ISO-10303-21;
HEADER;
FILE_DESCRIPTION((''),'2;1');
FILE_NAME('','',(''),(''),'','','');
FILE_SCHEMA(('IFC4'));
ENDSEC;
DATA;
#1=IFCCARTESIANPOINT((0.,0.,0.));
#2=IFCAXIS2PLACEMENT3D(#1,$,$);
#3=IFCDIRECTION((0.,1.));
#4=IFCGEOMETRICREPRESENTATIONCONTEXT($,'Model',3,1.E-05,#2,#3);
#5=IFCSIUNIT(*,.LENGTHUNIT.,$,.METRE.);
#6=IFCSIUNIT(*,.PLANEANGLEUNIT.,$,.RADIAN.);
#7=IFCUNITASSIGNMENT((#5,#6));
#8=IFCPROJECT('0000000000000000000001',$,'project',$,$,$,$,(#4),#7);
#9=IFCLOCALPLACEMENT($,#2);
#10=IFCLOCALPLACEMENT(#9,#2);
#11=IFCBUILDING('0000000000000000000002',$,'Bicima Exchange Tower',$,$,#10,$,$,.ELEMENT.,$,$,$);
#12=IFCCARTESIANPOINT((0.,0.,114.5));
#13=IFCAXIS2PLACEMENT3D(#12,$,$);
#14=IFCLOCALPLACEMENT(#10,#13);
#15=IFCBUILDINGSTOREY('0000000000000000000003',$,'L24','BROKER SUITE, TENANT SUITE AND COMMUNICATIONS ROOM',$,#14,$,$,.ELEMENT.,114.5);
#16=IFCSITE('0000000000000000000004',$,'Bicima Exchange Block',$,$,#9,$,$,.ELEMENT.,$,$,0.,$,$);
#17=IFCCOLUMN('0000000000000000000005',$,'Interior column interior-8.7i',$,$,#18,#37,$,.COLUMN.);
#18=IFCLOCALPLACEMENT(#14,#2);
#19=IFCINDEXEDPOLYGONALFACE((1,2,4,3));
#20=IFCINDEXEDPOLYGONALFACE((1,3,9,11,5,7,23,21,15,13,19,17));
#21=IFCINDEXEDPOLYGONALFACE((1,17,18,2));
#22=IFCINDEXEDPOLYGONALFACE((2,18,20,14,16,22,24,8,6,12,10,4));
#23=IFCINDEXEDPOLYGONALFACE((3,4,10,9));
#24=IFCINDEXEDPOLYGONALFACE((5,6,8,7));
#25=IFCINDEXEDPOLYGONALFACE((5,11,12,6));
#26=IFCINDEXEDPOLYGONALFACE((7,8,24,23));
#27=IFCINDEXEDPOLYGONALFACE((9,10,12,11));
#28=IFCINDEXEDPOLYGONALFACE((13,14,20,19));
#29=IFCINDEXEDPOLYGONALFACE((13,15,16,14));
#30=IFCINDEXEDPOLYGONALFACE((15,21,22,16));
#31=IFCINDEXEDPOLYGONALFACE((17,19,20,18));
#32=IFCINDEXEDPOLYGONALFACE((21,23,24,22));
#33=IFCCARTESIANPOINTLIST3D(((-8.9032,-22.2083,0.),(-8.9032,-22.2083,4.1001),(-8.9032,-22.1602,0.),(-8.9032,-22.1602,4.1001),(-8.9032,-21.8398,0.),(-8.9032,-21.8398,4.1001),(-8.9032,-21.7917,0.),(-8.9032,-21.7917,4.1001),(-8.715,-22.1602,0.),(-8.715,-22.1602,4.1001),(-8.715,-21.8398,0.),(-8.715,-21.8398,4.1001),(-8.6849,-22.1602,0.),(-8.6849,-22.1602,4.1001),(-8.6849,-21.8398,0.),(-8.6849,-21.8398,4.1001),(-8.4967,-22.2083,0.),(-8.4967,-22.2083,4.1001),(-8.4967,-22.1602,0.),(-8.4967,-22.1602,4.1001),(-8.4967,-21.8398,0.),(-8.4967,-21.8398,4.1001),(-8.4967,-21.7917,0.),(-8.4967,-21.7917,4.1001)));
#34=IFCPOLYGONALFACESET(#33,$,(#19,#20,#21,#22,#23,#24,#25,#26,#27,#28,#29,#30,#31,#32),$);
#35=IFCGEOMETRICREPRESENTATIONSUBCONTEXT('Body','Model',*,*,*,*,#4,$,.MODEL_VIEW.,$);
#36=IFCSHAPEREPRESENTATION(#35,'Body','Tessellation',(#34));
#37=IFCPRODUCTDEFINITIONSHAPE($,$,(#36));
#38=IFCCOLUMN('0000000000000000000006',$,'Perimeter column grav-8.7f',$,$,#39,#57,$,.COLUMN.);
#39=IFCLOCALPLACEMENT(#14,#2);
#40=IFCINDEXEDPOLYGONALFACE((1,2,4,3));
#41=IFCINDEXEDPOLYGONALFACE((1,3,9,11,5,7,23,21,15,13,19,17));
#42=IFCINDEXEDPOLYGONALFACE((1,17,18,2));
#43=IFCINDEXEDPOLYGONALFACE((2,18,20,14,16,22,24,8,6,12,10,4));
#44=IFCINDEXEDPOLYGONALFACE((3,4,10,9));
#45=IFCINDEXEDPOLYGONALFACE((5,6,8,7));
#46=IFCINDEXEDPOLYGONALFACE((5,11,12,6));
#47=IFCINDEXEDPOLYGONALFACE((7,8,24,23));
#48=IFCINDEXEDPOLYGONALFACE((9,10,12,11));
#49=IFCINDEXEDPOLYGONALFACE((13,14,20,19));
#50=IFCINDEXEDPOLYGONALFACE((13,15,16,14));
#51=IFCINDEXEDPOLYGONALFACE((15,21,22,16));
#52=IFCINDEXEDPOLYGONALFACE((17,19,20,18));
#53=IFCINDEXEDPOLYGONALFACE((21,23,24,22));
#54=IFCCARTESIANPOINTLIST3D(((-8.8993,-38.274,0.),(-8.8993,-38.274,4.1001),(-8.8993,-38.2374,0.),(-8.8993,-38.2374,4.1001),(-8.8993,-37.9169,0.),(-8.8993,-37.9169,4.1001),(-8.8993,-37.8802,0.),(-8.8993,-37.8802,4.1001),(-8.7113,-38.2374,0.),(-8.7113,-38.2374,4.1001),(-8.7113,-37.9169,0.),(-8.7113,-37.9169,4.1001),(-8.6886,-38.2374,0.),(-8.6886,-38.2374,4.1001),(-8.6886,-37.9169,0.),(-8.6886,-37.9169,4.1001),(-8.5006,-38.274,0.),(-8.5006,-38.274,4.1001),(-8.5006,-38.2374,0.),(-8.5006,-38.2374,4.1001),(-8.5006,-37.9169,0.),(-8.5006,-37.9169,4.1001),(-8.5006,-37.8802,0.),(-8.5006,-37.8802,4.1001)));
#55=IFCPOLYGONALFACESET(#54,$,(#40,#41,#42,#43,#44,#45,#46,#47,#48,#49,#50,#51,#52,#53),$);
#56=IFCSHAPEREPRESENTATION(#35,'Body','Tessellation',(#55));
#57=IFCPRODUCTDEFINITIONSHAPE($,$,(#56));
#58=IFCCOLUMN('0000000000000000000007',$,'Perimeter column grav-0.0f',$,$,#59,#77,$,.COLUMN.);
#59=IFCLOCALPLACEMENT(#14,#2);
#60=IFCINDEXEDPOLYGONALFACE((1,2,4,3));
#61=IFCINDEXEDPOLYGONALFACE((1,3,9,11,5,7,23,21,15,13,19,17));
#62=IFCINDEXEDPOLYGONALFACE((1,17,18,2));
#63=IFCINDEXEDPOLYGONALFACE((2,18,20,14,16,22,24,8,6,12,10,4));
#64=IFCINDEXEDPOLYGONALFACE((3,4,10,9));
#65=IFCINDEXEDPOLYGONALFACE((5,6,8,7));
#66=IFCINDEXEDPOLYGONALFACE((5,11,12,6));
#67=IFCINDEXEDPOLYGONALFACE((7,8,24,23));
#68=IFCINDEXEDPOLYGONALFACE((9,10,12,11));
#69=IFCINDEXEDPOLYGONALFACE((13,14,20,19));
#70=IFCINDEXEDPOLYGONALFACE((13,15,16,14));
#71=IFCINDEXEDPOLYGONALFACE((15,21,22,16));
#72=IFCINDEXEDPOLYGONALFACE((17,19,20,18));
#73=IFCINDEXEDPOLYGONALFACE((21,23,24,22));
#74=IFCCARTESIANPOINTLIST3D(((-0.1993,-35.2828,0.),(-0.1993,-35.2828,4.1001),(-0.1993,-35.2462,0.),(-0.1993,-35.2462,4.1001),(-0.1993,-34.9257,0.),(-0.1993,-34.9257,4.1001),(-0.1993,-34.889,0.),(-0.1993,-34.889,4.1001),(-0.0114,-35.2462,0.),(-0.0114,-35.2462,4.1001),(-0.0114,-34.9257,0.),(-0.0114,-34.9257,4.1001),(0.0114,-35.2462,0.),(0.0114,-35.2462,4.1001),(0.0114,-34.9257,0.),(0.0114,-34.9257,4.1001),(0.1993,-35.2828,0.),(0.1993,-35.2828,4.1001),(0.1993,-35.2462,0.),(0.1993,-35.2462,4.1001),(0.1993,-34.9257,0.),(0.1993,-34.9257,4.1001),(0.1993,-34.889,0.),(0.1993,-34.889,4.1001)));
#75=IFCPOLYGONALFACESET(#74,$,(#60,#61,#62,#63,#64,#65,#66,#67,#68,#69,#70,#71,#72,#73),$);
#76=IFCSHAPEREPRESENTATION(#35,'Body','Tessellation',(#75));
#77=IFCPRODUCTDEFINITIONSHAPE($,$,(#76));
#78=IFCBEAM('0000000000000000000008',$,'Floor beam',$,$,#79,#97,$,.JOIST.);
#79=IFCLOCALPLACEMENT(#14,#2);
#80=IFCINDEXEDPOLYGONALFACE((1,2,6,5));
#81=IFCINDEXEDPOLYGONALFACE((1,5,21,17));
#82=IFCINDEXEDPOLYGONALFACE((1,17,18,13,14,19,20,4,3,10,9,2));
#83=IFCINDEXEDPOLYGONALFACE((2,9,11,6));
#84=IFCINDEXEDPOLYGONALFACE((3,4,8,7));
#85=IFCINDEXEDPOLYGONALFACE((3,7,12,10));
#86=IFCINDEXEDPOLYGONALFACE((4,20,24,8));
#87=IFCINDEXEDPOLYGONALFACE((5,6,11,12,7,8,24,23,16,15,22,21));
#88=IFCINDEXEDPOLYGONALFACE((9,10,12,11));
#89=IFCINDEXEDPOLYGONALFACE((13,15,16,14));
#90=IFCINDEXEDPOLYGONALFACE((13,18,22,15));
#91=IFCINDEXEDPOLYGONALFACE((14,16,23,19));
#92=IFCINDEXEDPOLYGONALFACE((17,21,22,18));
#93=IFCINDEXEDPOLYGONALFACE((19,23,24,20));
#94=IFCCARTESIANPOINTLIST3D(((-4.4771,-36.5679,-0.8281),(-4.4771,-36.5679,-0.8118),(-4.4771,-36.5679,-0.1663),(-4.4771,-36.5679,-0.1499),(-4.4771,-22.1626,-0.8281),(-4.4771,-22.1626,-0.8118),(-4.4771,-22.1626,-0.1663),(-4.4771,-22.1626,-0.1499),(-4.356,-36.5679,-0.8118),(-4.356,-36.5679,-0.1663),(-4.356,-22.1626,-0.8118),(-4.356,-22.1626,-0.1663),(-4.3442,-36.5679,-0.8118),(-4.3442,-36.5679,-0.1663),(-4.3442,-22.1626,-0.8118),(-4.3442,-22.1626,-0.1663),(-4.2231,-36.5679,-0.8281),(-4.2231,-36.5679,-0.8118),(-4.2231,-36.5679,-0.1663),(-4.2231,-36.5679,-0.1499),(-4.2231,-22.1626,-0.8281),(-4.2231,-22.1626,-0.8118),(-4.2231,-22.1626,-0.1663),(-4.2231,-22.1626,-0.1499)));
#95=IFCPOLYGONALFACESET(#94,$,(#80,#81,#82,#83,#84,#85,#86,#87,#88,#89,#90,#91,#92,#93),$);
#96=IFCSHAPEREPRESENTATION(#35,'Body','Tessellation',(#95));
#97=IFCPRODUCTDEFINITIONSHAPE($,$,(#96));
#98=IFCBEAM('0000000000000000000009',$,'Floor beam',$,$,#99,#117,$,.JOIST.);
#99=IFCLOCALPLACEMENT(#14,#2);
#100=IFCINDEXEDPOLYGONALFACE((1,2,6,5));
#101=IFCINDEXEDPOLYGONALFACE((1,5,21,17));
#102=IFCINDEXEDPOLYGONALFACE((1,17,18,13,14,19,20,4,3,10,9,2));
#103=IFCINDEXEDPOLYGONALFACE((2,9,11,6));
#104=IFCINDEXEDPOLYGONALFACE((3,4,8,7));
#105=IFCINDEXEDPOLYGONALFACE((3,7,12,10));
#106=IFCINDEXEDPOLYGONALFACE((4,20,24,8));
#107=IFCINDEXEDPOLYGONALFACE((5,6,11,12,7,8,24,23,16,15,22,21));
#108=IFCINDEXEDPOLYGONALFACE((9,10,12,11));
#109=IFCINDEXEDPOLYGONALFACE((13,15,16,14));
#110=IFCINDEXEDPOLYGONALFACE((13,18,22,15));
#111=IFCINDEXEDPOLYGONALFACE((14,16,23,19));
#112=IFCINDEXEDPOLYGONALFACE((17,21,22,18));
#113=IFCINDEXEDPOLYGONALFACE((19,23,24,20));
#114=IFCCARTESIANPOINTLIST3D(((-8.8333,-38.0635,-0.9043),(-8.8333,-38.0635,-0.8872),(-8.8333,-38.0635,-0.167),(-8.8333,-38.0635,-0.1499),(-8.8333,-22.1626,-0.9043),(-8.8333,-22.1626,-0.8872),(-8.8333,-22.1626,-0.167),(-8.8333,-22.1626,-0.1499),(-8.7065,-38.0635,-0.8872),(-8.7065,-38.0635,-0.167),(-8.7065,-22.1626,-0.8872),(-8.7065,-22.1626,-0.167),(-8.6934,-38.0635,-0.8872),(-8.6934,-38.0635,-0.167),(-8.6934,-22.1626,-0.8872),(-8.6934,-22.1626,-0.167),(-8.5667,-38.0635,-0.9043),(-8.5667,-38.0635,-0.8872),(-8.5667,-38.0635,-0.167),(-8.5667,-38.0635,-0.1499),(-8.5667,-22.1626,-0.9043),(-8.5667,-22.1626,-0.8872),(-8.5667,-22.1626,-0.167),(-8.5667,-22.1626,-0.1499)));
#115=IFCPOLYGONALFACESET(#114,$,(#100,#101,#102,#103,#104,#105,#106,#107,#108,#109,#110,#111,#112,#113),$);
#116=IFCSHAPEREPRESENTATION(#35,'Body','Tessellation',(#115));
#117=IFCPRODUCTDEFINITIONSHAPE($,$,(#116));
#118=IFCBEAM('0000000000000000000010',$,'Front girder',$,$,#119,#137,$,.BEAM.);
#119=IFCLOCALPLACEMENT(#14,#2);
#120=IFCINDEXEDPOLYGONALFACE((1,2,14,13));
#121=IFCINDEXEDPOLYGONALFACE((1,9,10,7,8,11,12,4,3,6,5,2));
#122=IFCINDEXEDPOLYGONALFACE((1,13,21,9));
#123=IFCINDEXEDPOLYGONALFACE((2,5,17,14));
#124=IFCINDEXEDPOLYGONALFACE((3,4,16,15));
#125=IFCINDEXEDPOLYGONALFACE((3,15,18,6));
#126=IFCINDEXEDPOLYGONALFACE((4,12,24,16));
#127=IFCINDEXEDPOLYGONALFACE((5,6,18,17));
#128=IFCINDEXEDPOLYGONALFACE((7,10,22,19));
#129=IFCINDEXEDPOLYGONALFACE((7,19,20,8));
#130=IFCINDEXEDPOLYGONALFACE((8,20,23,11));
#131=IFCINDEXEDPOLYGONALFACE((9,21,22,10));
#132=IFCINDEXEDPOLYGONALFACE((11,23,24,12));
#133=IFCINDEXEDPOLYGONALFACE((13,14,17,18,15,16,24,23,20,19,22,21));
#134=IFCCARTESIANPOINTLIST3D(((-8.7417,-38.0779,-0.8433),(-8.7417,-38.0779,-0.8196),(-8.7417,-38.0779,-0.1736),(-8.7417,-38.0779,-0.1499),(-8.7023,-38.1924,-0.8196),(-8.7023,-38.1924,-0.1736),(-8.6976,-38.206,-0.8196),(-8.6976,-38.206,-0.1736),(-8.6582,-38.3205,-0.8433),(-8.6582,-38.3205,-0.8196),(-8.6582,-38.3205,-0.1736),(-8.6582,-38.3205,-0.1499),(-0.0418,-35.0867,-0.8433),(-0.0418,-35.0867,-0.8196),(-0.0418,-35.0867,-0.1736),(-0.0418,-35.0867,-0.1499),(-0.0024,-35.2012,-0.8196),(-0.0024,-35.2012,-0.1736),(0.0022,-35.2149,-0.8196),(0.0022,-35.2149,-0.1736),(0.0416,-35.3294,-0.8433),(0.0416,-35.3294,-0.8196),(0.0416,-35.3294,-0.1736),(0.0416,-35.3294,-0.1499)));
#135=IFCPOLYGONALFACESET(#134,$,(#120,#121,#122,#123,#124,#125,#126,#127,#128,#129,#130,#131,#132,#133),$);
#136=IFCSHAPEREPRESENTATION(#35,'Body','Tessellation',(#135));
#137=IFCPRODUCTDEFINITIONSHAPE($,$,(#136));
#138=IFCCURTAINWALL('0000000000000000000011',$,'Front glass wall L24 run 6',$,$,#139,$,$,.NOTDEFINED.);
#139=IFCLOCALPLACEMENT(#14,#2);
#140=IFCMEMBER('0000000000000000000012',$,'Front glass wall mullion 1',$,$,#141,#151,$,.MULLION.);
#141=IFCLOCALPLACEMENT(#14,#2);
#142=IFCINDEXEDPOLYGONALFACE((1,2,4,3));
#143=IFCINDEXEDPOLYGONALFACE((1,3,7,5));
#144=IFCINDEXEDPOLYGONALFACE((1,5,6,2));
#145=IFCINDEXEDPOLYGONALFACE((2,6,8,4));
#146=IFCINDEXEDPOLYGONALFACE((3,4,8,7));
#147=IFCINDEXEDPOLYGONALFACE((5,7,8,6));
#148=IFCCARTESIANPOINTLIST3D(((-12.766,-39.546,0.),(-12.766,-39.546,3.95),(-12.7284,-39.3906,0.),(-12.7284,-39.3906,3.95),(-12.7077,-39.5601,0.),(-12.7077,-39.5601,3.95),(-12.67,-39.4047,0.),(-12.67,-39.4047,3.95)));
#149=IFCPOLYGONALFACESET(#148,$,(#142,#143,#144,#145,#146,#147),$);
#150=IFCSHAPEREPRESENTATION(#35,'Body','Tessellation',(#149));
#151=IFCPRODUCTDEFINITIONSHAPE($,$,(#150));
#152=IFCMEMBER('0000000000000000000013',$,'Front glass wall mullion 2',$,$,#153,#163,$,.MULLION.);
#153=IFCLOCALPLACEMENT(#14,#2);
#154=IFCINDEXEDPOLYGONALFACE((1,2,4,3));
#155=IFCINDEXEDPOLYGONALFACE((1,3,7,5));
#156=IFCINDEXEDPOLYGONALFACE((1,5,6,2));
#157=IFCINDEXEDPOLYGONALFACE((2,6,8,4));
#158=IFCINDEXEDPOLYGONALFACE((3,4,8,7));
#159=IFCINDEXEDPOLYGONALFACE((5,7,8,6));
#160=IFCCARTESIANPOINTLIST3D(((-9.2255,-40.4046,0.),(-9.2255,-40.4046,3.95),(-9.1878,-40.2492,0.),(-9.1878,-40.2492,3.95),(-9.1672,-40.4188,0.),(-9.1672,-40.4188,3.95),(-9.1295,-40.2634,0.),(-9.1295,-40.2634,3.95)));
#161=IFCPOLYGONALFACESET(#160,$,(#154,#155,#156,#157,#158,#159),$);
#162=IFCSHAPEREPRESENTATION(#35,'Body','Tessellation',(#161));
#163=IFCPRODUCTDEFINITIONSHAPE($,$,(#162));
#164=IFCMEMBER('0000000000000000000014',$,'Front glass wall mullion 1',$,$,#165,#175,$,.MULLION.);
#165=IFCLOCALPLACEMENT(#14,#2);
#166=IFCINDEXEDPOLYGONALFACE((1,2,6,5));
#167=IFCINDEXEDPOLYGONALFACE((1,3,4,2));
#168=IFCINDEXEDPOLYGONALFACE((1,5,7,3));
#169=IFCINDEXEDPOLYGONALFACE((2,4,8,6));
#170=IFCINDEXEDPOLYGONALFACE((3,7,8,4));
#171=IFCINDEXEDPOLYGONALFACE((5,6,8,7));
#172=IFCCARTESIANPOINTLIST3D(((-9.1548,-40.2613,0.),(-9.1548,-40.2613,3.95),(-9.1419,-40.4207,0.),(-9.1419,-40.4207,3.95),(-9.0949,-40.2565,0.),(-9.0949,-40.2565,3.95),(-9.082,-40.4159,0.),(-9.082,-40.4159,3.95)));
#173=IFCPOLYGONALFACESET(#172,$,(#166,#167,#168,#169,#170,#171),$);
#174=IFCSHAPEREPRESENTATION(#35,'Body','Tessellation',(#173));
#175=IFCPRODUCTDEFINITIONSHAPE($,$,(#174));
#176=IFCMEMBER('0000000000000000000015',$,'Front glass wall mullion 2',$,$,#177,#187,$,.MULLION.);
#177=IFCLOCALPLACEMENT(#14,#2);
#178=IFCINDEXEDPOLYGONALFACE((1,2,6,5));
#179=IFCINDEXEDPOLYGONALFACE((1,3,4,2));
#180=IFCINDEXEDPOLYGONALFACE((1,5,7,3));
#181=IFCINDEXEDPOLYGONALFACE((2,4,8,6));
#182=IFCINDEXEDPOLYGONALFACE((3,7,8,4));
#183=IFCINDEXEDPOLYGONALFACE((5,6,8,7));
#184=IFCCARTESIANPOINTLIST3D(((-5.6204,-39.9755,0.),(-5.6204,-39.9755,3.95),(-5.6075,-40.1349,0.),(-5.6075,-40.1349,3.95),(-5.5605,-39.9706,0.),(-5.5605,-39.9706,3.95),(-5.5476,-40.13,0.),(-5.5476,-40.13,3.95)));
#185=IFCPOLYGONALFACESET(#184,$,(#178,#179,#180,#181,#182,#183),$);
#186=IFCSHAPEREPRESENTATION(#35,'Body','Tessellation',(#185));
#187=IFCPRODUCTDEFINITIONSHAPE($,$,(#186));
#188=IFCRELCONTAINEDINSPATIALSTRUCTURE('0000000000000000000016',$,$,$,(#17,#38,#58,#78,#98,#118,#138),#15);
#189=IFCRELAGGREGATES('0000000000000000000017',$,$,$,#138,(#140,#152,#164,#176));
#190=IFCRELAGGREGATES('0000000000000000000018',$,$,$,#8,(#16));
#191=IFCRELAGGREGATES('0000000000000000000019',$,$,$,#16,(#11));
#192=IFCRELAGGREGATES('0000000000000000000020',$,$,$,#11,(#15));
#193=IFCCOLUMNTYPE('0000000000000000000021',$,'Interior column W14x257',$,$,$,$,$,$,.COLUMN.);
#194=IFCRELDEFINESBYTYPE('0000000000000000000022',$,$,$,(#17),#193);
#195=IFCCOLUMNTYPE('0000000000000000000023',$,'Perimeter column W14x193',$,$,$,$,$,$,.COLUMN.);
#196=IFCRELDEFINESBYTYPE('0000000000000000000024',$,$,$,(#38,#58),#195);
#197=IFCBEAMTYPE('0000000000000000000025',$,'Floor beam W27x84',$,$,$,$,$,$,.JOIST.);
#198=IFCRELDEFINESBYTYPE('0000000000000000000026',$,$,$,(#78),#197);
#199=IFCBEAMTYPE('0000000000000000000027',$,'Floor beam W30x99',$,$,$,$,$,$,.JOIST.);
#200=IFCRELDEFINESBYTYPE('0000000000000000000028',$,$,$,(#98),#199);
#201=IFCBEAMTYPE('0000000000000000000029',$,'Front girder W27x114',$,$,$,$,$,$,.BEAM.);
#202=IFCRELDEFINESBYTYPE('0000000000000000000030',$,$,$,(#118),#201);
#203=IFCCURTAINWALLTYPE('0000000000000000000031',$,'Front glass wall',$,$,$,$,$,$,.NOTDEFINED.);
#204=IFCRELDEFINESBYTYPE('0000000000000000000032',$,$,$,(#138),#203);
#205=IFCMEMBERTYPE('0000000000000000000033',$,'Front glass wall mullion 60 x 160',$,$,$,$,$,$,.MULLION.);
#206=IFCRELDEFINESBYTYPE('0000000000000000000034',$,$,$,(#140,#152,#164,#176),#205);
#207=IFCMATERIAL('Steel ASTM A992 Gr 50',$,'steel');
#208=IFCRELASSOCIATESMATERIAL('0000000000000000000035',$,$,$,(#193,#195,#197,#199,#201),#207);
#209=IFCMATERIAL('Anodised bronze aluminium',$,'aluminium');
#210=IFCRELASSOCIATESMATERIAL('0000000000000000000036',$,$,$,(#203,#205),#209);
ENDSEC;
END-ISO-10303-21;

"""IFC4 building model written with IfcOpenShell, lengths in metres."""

from ifc_helpers import new_model, si_unit, direction, frame, origin, origin_2d, place, context, subcontext, project, spatial, rectangle, i_section, extrude, material, material_profile, profile_set, type_object, element, aggregate, save


model = new_model("IFC4")

# Units and contexts
model_context = context("Model", 3, precision=1e-05, world=origin(), true_north=direction((0.0, 1.0)))
body_context = subcontext(model_context, "Body", "Model", "MODEL_VIEW")
ifc_project = project(units=[si_unit("LENGTHUNIT", "METRE"), si_unit("PLANEANGLEUNIT", "RADIAN")], contexts=[model_context])

# Site, building, storey
site_placement = place(None, origin())
site = spatial("IfcSite", under=ifc_project, at=site_placement, Name="Bicima Exchange Block", CompositionType="ELEMENT", RefElevation=0.0)
building_placement = place(site_placement, origin())
building = spatial("IfcBuilding", under=site, at=building_placement, Name="Bicima Exchange Tower", CompositionType="ELEMENT")
storey_placement = place(building_placement, frame((0.0, 0.0, 114.5)))
storey = spatial("IfcBuildingStorey", under=building, at=storey_placement, Name="L24", Description="BROKER SUITE, TENANT SUITE AND COMMUNICATIONS ROOM", CompositionType="ELEMENT", Elevation=114.5)

# Columns
ifc_material_1 = material(Name="Steel ASTM A992 Gr 50", Category="steel")
ifc_material_profile_1 = material_profile(ifc_material_1, i_section(OverallWidth=0.4065, OverallDepth=0.4165, WebThickness=0.03, FlangeThickness=0.0481, at=origin_2d()))
ifc_profile_set_1 = profile_set([ifc_material_profile_1], Name="Steel ASTM A992 Gr 50")
column_type_1 = type_object("IfcColumnType", Name="Interior column W14x257", PredefinedType="COLUMN", material=ifc_profile_set_1)
column_placement = place(storey_placement, frame((-8.7, -22.0, 0.0), z_axis=(0.0, 0.0, 1.0), x_axis=(1.0, 0.0, 0.0)))
element("IfcColumn", 1, at=column_placement, inside=storey, type_object=column_type_1, Name="Interior column interior-8.7i", PredefinedType="COLUMN", context=body_context, shape_type="SweptSolid", body=[
    extrude(i_section(OverallWidth=0.4065, OverallDepth=0.4165, WebThickness=0.03, FlangeThickness=0.0481, at=origin_2d()), origin(), (0.0, 0.0, 1.0), 4.1001),
])
ifc_material_profile_2 = material_profile(ifc_material_1, i_section(OverallWidth=0.3987, OverallDepth=0.3938, WebThickness=0.0227, FlangeThickness=0.0366, at=origin_2d()))
ifc_profile_set_2 = profile_set([ifc_material_profile_2], Name="Steel ASTM A992 Gr 50")
column_type_2 = type_object("IfcColumnType", Name="Perimeter column W14x193", PredefinedType="COLUMN", material=ifc_profile_set_2)
for number, where, z_axis, x_axis, name in (
    (2, (-8.7, -38.0771, 0.0), (0.0, 0.0, 1.0), (1.0, 0.0, 0.0), "Perimeter column grav-8.7f"),
    (3, (0.0, -35.0859, 0.0), (0.0, 0.0, 1.0), (1.0, 0.0, 0.0), "Perimeter column grav-0.0f"),
):
    element("IfcColumn", number, at=place(storey_placement, frame(where, z_axis=z_axis, x_axis=x_axis)), inside=storey, type_object=column_type_2, Name=name, PredefinedType="COLUMN", context=body_context, shape_type="SweptSolid", body=[
        extrude(i_section(OverallWidth=0.3987, OverallDepth=0.3938, WebThickness=0.0227, FlangeThickness=0.0366, at=origin_2d()), origin(), (0.0, 0.0, 1.0), 4.1001),
    ])

# Beams
ifc_material_profile_3 = material_profile(ifc_material_1, i_section(OverallWidth=0.2539, OverallDepth=0.6782, WebThickness=0.0117, FlangeThickness=0.0164, at=origin_2d()))
ifc_profile_set_3 = profile_set([ifc_material_profile_3], Name="Steel ASTM A992 Gr 50")
beam_type_1 = type_object("IfcBeamType", Name="Floor beam W27x84", PredefinedType="JOIST", material=ifc_profile_set_3)
beam_1_placement = place(storey_placement, frame((-4.3501, -22.1626, -0.489), z_axis=(0.0, -1.0, 0.0), x_axis=(1.0, 0.0, 0.0)))
element("IfcBeam", 4, at=beam_1_placement, inside=storey, type_object=beam_type_1, Name="Floor beam", PredefinedType="JOIST", context=body_context, shape_type="SweptSolid", body=[
    extrude(i_section(OverallWidth=0.2539, OverallDepth=0.6782, WebThickness=0.0117, FlangeThickness=0.0164, at=origin_2d()), origin(), (0.0, 0.0, 1.0), 14.4053),
])
ifc_material_profile_4 = material_profile(ifc_material_1, i_section(OverallWidth=0.2666, OverallDepth=0.7544, WebThickness=0.0132, FlangeThickness=0.0171, at=origin_2d()))
ifc_profile_set_4 = profile_set([ifc_material_profile_4], Name="Steel ASTM A992 Gr 50")
beam_type_2 = type_object("IfcBeamType", Name="Floor beam W30x99", PredefinedType="JOIST", material=ifc_profile_set_4)
beam_2_placement = place(storey_placement, frame((-8.7, -22.1626, -0.5271), z_axis=(0.0, -1.0, 0.0), x_axis=(1.0, 0.0, 0.0)))
element("IfcBeam", 5, at=beam_2_placement, inside=storey, type_object=beam_type_2, Name="Floor beam", PredefinedType="JOIST", context=body_context, shape_type="SweptSolid", body=[
    extrude(i_section(OverallWidth=0.2666, OverallDepth=0.7544, WebThickness=0.0132, FlangeThickness=0.0171, at=origin_2d()), origin(), (0.0, 0.0, 1.0), 15.9009),
])
ifc_material_profile_5 = material_profile(ifc_material_1, i_section(OverallWidth=0.2566, OverallDepth=0.6934, WebThickness=0.0144, FlangeThickness=0.0237, at=origin_2d()))
ifc_profile_set_5 = profile_set([ifc_material_profile_5], Name="Steel ASTM A992 Gr 50")
beam_type_3 = type_object("IfcBeamType", Name="Front girder W27x114", PredefinedType="BEAM", material=ifc_profile_set_5)
beam_3_placement = place(storey_placement, frame((-8.7, -38.1992, -0.4966), z_axis=(0.945666, 0.325138, 0.0), x_axis=(-0.325138, 0.945666, 0.0)))
element("IfcBeam", 6, at=beam_3_placement, inside=storey, type_object=beam_type_3, Name="Front girder", PredefinedType="BEAM", context=body_context, shape_type="SweptSolid", body=[
    extrude(i_section(OverallWidth=0.2566, OverallDepth=0.6934, WebThickness=0.0144, FlangeThickness=0.0237, at=origin_2d()), origin(), (0.0, 0.0, 1.0), 9.1997),
])

# Curtain wall, members
ifc_material_2 = material(Name="Anodised bronze aluminium", Category="aluminium")
curtain_wall_type = type_object("IfcCurtainWallType", Name="Front glass wall", PredefinedType="NOTDEFINED", material=ifc_material_2)
curtain_wall_placement = place(storey_placement, origin())
curtain_wall = element("IfcCurtainWall", 7, at=curtain_wall_placement, inside=storey, type_object=curtain_wall_type, Name="Front glass wall L24 run 6", PredefinedType="NOTDEFINED")
ifc_material_profile_6 = material_profile(ifc_material_2, rectangle(XDim=0.1599, YDim=0.0601, at=origin_2d()))
ifc_profile_set_6 = profile_set([ifc_material_profile_6], Name="Anodised bronze aluminium")
member_type_1 = type_object("IfcMemberType", Name="Front glass wall mullion 60 x 160", PredefinedType="MULLION", material=ifc_profile_set_6)
member_1_placement = place(storey_placement, frame((-12.718, -39.4753, 0.0), z_axis=(0.0, 0.0, 1.0), x_axis=(0.235682, 0.97183, 0.0)))
member_1 = element("IfcMember", 8, at=member_1_placement, type_object=member_type_1, Name="Front glass wall mullion 1", PredefinedType="MULLION", context=body_context, shape_type="SweptSolid", body=[
    extrude(rectangle(XDim=0.1599, YDim=0.0601, at=origin_2d()), origin(), (0.0, 0.0, 1.0), 3.95),
])
member_2_placement = place(storey_placement, frame((-9.1775, -40.334, 0.0), z_axis=(0.0, 0.0, 1.0), x_axis=(0.235682, 0.97183, 0.0)))
member_2 = element("IfcMember", 9, at=member_2_placement, type_object=member_type_1, Name="Front glass wall mullion 2", PredefinedType="MULLION", context=body_context, shape_type="SweptSolid", body=[
    extrude(rectangle(XDim=0.1599, YDim=0.0601, at=origin_2d()), origin(), (0.0, 0.0, 1.0), 3.95),
])
member_3_placement = place(storey_placement, frame((-9.1184, -40.3386, 0.0), z_axis=(0.0, 0.0, 1.0), x_axis=(-0.080589, 0.996747, 0.0)))
member_3 = element("IfcMember", 10, at=member_3_placement, type_object=member_type_1, Name="Front glass wall mullion 1", PredefinedType="MULLION", context=body_context, shape_type="SweptSolid", body=[
    extrude(rectangle(XDim=0.1599, YDim=0.0601, at=origin_2d()), origin(), (0.0, 0.0, 1.0), 3.95),
])
member_4_placement = place(storey_placement, frame((-5.584, -40.0527, 0.0), z_axis=(0.0, 0.0, 1.0), x_axis=(-0.080589, 0.996747, 0.0)))
member_4 = element("IfcMember", 11, at=member_4_placement, type_object=member_type_1, Name="Front glass wall mullion 2", PredefinedType="MULLION", context=body_context, shape_type="SweptSolid", body=[
    extrude(rectangle(XDim=0.1599, YDim=0.0601, at=origin_2d()), origin(), (0.0, 0.0, 1.0), 3.95),
])

aggregate(curtain_wall, [member_1, member_2, member_3, member_4])

save(model, "model.ifc")
